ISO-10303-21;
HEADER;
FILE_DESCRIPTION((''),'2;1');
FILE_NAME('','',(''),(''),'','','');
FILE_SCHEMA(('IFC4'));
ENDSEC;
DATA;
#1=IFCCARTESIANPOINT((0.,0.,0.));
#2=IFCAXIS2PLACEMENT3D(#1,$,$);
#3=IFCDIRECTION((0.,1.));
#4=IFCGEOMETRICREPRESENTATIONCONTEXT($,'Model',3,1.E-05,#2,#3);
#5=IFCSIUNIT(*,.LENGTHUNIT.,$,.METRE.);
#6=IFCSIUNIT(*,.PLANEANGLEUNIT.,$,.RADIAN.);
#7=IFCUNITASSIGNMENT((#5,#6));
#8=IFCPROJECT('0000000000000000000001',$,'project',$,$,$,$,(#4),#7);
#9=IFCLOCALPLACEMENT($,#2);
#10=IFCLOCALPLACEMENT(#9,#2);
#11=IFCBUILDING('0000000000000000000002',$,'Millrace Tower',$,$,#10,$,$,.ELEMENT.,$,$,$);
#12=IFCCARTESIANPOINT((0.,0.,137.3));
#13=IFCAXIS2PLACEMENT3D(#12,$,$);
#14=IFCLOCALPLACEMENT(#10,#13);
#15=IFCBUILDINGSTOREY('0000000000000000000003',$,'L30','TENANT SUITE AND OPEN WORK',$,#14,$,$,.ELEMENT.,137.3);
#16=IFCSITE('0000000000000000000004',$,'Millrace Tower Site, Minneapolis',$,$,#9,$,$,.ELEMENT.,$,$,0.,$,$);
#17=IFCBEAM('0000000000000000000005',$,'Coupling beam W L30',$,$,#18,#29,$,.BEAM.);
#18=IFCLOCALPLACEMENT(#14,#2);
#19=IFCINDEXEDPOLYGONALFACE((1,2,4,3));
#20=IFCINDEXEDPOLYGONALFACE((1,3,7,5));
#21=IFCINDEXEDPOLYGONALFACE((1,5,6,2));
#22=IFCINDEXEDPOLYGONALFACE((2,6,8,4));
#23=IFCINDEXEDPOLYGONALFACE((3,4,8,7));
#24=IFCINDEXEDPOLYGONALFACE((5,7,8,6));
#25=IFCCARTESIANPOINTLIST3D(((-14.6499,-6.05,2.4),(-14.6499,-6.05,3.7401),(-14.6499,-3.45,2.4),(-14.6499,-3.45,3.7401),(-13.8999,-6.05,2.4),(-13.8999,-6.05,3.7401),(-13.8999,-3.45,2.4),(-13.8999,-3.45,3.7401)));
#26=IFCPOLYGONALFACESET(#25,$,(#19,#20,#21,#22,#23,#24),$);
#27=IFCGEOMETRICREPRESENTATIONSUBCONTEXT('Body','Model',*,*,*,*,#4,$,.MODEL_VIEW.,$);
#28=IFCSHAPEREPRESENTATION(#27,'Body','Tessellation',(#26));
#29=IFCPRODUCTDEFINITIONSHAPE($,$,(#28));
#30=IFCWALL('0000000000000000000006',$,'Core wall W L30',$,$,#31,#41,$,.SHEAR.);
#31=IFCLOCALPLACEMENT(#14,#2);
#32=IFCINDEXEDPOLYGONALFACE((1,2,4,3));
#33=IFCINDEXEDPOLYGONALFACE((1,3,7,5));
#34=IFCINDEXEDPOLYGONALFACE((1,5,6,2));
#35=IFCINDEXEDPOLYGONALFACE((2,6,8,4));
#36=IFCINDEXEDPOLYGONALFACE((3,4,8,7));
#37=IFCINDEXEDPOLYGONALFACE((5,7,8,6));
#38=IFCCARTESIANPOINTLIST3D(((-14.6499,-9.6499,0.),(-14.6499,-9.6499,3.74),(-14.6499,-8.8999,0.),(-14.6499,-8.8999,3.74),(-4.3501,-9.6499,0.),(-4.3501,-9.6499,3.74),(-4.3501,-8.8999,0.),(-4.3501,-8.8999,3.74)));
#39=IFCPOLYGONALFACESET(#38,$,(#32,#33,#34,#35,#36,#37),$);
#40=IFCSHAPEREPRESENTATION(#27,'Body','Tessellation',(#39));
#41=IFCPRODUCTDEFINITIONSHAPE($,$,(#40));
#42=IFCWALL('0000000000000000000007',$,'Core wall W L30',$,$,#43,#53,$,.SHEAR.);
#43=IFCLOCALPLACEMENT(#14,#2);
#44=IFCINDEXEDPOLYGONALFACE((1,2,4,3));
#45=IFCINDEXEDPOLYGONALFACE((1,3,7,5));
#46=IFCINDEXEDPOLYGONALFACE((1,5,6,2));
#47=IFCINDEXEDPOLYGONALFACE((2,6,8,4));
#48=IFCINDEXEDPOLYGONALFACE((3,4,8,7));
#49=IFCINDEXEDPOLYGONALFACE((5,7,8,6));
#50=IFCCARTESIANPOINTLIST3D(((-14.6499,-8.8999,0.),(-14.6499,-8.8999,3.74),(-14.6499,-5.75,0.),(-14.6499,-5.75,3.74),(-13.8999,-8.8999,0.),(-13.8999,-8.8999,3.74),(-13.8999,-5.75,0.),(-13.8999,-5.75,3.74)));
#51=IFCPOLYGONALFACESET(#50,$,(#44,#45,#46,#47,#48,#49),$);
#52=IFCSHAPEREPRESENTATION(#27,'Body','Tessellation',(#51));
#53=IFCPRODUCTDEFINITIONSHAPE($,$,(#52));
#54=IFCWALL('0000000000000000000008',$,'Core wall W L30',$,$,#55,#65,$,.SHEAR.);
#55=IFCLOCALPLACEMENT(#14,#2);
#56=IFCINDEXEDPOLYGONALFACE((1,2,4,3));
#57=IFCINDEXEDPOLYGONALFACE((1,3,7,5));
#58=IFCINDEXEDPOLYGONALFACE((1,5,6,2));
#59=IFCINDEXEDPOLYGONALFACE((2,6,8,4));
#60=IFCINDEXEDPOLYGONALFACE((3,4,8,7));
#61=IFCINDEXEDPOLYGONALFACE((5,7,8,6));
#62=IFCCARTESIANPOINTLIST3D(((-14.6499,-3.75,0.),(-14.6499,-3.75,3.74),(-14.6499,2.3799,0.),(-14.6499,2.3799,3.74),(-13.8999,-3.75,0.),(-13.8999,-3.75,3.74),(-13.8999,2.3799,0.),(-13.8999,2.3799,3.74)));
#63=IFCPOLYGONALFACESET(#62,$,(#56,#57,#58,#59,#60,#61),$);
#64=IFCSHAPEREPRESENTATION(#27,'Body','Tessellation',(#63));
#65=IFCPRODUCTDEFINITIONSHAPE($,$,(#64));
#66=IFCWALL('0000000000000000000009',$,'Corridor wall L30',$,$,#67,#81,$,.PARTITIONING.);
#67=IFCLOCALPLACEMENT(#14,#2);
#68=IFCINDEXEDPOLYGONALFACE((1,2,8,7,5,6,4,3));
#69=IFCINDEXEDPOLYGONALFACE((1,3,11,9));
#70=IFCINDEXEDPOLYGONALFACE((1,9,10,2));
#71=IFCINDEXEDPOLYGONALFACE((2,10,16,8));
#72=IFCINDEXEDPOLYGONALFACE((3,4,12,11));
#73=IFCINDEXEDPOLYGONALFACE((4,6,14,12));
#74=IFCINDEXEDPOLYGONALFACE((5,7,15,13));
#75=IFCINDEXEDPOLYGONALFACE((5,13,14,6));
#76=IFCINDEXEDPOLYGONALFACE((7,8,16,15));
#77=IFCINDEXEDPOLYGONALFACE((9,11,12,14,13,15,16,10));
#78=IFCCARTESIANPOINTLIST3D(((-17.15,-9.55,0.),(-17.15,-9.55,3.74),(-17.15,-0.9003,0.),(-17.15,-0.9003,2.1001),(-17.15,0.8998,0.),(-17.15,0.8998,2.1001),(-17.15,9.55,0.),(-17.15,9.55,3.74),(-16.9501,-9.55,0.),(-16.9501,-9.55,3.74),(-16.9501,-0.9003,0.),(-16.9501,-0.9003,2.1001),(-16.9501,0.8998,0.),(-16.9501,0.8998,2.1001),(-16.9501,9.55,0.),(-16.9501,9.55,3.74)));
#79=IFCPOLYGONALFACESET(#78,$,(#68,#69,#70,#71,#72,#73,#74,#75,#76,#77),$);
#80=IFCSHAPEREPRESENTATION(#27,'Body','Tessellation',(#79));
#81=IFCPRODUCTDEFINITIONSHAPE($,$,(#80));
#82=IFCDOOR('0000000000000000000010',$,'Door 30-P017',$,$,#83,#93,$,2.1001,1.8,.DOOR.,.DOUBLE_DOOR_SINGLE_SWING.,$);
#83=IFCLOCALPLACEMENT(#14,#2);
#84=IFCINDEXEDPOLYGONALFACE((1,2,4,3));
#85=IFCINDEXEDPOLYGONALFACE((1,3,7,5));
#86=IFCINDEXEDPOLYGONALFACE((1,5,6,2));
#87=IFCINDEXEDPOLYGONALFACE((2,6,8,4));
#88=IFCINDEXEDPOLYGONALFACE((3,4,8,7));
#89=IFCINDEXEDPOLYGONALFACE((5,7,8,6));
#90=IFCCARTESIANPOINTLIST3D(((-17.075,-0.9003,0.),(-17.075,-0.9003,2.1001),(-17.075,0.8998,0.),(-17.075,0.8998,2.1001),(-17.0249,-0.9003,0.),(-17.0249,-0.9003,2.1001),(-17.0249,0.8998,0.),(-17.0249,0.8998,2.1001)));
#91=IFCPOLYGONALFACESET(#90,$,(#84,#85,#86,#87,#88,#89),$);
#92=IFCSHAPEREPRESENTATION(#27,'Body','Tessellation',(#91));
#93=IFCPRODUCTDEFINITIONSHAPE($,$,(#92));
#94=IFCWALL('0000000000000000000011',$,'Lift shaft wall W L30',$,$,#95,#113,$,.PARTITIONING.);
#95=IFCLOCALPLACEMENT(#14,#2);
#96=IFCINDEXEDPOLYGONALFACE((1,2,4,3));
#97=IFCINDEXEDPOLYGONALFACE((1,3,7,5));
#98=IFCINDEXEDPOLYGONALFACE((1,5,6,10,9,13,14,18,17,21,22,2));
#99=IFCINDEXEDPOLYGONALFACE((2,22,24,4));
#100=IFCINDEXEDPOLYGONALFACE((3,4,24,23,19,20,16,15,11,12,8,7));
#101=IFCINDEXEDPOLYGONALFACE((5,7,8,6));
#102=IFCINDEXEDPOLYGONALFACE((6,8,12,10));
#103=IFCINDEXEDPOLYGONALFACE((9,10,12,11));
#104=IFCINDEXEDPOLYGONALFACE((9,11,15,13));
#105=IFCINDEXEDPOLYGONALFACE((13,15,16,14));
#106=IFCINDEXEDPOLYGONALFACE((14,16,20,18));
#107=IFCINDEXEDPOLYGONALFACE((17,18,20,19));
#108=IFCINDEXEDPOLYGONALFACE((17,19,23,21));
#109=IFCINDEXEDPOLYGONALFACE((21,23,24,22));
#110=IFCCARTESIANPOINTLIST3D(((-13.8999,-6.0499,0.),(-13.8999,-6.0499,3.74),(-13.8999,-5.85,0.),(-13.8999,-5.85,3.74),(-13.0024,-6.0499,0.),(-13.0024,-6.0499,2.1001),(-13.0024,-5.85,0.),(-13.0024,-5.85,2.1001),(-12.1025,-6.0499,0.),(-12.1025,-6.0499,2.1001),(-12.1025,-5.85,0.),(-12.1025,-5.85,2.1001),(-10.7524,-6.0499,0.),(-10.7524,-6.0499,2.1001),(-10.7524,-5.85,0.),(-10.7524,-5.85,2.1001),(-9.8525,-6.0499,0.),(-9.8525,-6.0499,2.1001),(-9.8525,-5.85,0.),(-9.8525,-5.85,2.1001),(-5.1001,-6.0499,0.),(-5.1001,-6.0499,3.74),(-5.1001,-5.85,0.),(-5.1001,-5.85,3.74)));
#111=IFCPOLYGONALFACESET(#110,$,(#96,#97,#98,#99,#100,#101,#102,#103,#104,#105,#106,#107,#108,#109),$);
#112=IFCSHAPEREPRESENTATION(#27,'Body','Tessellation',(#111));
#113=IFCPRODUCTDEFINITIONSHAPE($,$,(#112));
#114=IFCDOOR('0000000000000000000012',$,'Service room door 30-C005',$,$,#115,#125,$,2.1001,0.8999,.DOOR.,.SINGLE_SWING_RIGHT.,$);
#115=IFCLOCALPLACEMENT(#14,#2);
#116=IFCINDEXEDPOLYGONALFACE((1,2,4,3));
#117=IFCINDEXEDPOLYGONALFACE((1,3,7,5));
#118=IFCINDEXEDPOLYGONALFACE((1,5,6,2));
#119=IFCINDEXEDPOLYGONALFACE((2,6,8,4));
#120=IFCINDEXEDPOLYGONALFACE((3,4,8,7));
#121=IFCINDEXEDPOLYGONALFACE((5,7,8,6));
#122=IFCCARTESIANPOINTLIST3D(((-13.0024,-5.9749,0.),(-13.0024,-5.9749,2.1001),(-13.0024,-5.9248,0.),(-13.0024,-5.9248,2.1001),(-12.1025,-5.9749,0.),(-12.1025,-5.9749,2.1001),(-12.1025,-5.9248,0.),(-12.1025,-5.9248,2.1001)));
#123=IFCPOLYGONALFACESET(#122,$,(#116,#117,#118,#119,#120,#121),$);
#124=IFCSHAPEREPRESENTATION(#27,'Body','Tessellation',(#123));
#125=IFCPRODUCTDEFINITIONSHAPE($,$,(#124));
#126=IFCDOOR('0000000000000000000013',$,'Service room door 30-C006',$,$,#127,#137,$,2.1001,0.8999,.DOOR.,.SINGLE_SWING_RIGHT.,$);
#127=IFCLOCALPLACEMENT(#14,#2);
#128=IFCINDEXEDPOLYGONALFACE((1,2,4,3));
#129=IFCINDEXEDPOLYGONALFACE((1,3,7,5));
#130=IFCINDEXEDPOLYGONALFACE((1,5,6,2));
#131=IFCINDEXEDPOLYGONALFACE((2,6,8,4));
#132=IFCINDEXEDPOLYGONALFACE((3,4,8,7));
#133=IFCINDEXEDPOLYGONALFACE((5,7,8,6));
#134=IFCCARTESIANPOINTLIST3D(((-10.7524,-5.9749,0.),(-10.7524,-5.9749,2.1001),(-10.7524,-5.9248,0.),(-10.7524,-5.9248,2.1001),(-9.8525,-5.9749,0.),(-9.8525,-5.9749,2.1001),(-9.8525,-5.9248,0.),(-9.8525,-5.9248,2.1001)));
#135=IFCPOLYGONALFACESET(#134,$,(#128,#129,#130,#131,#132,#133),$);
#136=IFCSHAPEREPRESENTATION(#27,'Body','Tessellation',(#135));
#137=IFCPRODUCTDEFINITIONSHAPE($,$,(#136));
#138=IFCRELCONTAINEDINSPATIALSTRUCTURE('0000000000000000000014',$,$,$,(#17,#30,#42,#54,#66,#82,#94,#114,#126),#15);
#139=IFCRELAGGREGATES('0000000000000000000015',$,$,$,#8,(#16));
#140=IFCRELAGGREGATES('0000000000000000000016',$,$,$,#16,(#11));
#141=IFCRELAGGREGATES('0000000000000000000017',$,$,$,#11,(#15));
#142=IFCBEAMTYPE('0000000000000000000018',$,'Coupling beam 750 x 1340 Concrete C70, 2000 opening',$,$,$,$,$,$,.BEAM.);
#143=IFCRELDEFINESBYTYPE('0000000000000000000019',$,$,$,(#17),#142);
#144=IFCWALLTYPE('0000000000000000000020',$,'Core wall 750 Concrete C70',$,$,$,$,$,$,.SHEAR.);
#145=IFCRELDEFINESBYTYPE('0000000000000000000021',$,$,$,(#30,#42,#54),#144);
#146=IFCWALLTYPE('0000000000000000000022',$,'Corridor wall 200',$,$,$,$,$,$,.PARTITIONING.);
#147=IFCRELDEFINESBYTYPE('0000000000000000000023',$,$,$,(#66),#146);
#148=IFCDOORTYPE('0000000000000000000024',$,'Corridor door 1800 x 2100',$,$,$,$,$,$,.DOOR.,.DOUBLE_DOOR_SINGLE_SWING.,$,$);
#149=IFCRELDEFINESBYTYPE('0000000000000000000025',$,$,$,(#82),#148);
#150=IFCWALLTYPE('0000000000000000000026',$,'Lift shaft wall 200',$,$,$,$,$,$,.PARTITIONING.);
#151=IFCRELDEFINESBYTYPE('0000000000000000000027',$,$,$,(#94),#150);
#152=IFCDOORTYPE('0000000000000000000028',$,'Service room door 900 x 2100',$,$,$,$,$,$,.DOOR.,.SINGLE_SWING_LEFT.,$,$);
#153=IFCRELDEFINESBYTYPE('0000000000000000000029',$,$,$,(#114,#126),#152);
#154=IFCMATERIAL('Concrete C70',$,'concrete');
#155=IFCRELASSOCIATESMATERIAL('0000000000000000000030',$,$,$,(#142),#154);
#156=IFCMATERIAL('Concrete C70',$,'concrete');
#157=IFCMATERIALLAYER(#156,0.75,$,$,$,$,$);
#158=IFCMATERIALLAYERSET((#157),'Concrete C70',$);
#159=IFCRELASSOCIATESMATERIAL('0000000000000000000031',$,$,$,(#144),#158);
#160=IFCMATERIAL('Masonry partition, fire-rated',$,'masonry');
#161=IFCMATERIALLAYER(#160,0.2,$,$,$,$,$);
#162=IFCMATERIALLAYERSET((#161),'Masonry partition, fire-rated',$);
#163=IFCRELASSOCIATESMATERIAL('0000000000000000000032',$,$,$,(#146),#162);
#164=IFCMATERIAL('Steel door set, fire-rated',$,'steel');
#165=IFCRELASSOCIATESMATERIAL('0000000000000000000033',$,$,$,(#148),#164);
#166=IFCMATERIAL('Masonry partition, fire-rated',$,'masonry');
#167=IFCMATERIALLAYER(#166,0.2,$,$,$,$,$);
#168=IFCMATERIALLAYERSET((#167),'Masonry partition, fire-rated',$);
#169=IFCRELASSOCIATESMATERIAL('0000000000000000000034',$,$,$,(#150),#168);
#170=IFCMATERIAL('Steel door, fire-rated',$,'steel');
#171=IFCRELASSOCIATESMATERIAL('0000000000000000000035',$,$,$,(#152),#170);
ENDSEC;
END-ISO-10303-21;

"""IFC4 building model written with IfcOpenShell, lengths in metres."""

from ifc_helpers import new_model, si_unit, direction, frame, frame_2d, origin, origin_2d, place, context, subcontext, project, spatial, rectangle, extrude, material, layer, layer_set, material_profile, profile_set, type_object, element, fill, save


model = new_model("IFC4")

# Units and contexts
model_context = context("Model", 3, precision=1e-05, world=origin(), true_north=direction((0.0, 1.0)))
body_context = subcontext(model_context, "Body", "Model", "MODEL_VIEW")
ifc_project = project(units=[si_unit("LENGTHUNIT", "METRE"), si_unit("PLANEANGLEUNIT", "RADIAN")], contexts=[model_context])

# Site, building, storey
site_placement = place(None, origin())
site = spatial("IfcSite", under=ifc_project, at=site_placement, Name="Millrace Tower Site, Minneapolis", CompositionType="ELEMENT", RefElevation=0.0)
building_placement = place(site_placement, origin())
building = spatial("IfcBuilding", under=site, at=building_placement, Name="Millrace Tower", CompositionType="ELEMENT")
storey_placement = place(building_placement, frame((0.0, 0.0, 137.3)))
storey = spatial("IfcBuildingStorey", under=building, at=storey_placement, Name="L30", Description="TENANT SUITE AND OPEN WORK", CompositionType="ELEMENT", Elevation=137.3)

# Beam
ifc_material_1 = material(Name="Concrete C70", Category="concrete")
ifc_material_profile = material_profile(ifc_material_1, rectangle(XDim=0.75, YDim=1.3401, at=origin_2d()))
ifc_profile_set = profile_set([ifc_material_profile], Name="Concrete C70")
beam_type = type_object("IfcBeamType", Name="Coupling beam 750 x 1340 Concrete C70, 2000 opening", PredefinedType="BEAM", material=ifc_profile_set)
beam_placement = place(storey_placement, frame((-14.2749, -6.05, 3.0701), z_axis=(0.0, 1.0, 0.0), x_axis=(-1.0, 0.0, 0.0)))
element("IfcBeam", 1, at=beam_placement, inside=storey, type_object=beam_type, Name="Coupling beam W L30", PredefinedType="BEAM", context=body_context, shape_type="SweptSolid", body=[
    extrude(rectangle(XDim=0.75, YDim=1.3401, at=origin_2d()), origin(), (0.0, 0.0, 1.0), 2.6001),
])

# Walls
ifc_material_2 = material(Name="Concrete C70", Category="concrete")
ifc_layer_1 = layer(ifc_material_2, 0.75)
ifc_layer_set_1 = layer_set([ifc_layer_1], Name="Concrete C70")
wall_type_1 = type_object("IfcWallType", Name="Core wall 750 Concrete C70", PredefinedType="SHEAR", material=ifc_layer_set_1)
wall_1_placement = place(storey_placement, frame((-14.6499, -9.2749, 0.0), z_axis=(0.0, 0.0, 1.0), x_axis=(1.0, 0.0, 0.0)))
element("IfcWall", 2, at=wall_1_placement, inside=storey, type_object=wall_type_1, Name="Core wall W L30", PredefinedType="SHEAR", context=body_context, shape_type="SweptSolid", body=[
    extrude(rectangle(XDim=10.2998, YDim=0.75, at=frame_2d((5.1499, 0.0))), origin(), (0.0, 0.0, 1.0), 3.74),
])
wall_2_placement = place(storey_placement, frame((-14.2749, -8.8999, 0.0), z_axis=(0.0, 0.0, 1.0), x_axis=(0.0, 1.0, 0.0)))
element("IfcWall", 3, at=wall_2_placement, inside=storey, type_object=wall_type_1, Name="Core wall W L30", PredefinedType="SHEAR", context=body_context, shape_type="SweptSolid", body=[
    extrude(rectangle(XDim=3.1499, YDim=0.75, at=frame_2d((1.575, 0.0))), origin(), (0.0, 0.0, 1.0), 3.74),
])
wall_3_placement = place(storey_placement, frame((-14.2749, -3.75, 0.0), z_axis=(0.0, 0.0, 1.0), x_axis=(0.0, 1.0, 0.0)))
element("IfcWall", 4, at=wall_3_placement, inside=storey, type_object=wall_type_1, Name="Core wall W L30", PredefinedType="SHEAR", context=body_context, shape_type="SweptSolid", body=[
    extrude(rectangle(XDim=6.1299, YDim=0.75, at=frame_2d((3.0649, 0.0))), origin(), (0.0, 0.0, 1.0), 3.74),
])

# Wall, opening, door
ifc_material_3 = material(Name="Masonry partition, fire-rated", Category="masonry")
ifc_layer_2 = layer(ifc_material_3, 0.2)
ifc_layer_set_2 = layer_set([ifc_layer_2], Name="Masonry partition, fire-rated")
wall_type_2 = type_object("IfcWallType", Name="Corridor wall 200", PredefinedType="PARTITIONING", material=ifc_layer_set_2)
wall_4_placement = place(storey_placement, frame((-17.05, -9.55, 0.0), z_axis=(0.0, 0.0, 1.0), x_axis=(0.0, 1.0, 0.0)))
wall_4 = element("IfcWall", 5, at=wall_4_placement, inside=storey, type_object=wall_type_2, Name="Corridor wall L30", PredefinedType="PARTITIONING", context=body_context, shape_type="SweptSolid", body=[
    extrude(rectangle(XDim=19.1001, YDim=0.2, at=frame_2d((9.55, 0.0))), origin(), (0.0, 0.0, 1.0), 3.74),
])
opening_1_placement = place(wall_4_placement, frame((8.6499, 0.0, 0.0)))
opening_1 = element("IfcOpeningElement", 6, at=opening_1_placement, cuts=wall_4, PredefinedType="OPENING", context=body_context, shape_type="SweptSolid", body=[
    extrude(rectangle(XDim=1.8, YDim=2.1001, at=frame_2d((0.8999, 1.05))), frame((0.0, 0.1099, 0.0), z_axis=(0.0, -1.0, 0.0), x_axis=(1.0, 0.0, 0.0)), (0.0, 0.0, 1.0), 0.22),
])
ifc_material_4 = material(Name="Steel door set, fire-rated", Category="steel")
door_type_1 = type_object("IfcDoorType", Name="Corridor door 1800 x 2100", OperationType="DOUBLE_DOOR_SINGLE_SWING", PredefinedType="DOOR", material=ifc_material_4)
door_1_placement = place(opening_1_placement, origin())
door_1 = element("IfcDoor", 7, at=door_1_placement, inside=storey, type_object=door_type_1, Name="Door 30-P017", OperationType="DOUBLE_DOOR_SINGLE_SWING", OverallHeight=2.1001, OverallWidth=1.8, PredefinedType="DOOR", context=body_context, shape_type="SweptSolid", body=[
    extrude(rectangle(XDim=1.8, YDim=2.1001, at=frame_2d((0.8999, 1.05))), frame((0.0, 0.0249, 0.0), z_axis=(0.0, -1.0, 0.0), x_axis=(1.0, 0.0, 0.0)), (0.0, 0.0, 1.0), 0.05),
])
fill(opening_1, door_1)

# Wall, openings, doors
ifc_material_5 = material(Name="Masonry partition, fire-rated", Category="masonry")
ifc_layer_3 = layer(ifc_material_5, 0.2)
ifc_layer_set_3 = layer_set([ifc_layer_3], Name="Masonry partition, fire-rated")
wall_type_3 = type_object("IfcWallType", Name="Lift shaft wall 200", PredefinedType="PARTITIONING", material=ifc_layer_set_3)
wall_5_placement = place(storey_placement, frame((-13.8999, -5.95, 0.0), z_axis=(0.0, 0.0, 1.0), x_axis=(1.0, 0.0, 0.0)))
wall_5 = element("IfcWall", 8, at=wall_5_placement, inside=storey, type_object=wall_type_3, Name="Lift shaft wall W L30", PredefinedType="PARTITIONING", context=body_context, shape_type="SweptSolid", body=[
    extrude(rectangle(XDim=8.7998, YDim=0.2, at=frame_2d((4.3999, 0.0))), origin(), (0.0, 0.0, 1.0), 3.74),
])
opening_2_placement = place(wall_5_placement, frame((0.8975, 0.0, 0.0)))
opening_2 = element("IfcOpeningElement", 9, at=opening_2_placement, cuts=wall_5, PredefinedType="OPENING", context=body_context, shape_type="SweptSolid", body=[
    extrude(rectangle(XDim=0.8999, YDim=2.1001, at=frame_2d((0.45, 1.05))), frame((0.0, 0.1099, 0.0), z_axis=(0.0, -1.0, 0.0), x_axis=(1.0, 0.0, 0.0)), (0.0, 0.0, 1.0), 0.22),
])
opening_3_placement = place(wall_5_placement, frame((3.1475, 0.0, 0.0)))
opening_3 = element("IfcOpeningElement", 10, at=opening_3_placement, cuts=wall_5, PredefinedType="OPENING", context=body_context, shape_type="SweptSolid", body=[
    extrude(rectangle(XDim=0.8999, YDim=2.1001, at=frame_2d((0.45, 1.05))), frame((0.0, 0.1099, 0.0), z_axis=(0.0, -1.0, 0.0), x_axis=(1.0, 0.0, 0.0)), (0.0, 0.0, 1.0), 0.22),
])
ifc_material_6 = material(Name="Steel door, fire-rated", Category="steel")
door_type_2 = type_object("IfcDoorType", Name="Service room door 900 x 2100", OperationType="SINGLE_SWING_LEFT", PredefinedType="DOOR", material=ifc_material_6)
door_2_placement = place(opening_2_placement, frame((0.8999, 0.0, 0.0), z_axis=(0.0, 0.0, 1.0), x_axis=(-1.0, 0.0, 0.0)))
door_2 = element("IfcDoor", 11, at=door_2_placement, inside=storey, type_object=door_type_2, Name="Service room door 30-C005", OperationType="SINGLE_SWING_RIGHT", OverallHeight=2.1001, OverallWidth=0.8999, PredefinedType="DOOR", context=body_context, shape_type="SweptSolid", body=[
    extrude(rectangle(XDim=0.8999, YDim=2.1001, at=frame_2d((0.45, 1.05))), frame((0.0, 0.0249, 0.0), z_axis=(0.0, -1.0, 0.0), x_axis=(1.0, 0.0, 0.0)), (0.0, 0.0, 1.0), 0.05),
])
fill(opening_2, door_2)
door_3_placement = place(opening_3_placement, frame((0.8999, 0.0, 0.0), z_axis=(0.0, 0.0, 1.0), x_axis=(-1.0, 0.0, 0.0)))
door_3 = element("IfcDoor", 12, at=door_3_placement, inside=storey, type_object=door_type_2, Name="Service room door 30-C006", OperationType="SINGLE_SWING_RIGHT", OverallHeight=2.1001, OverallWidth=0.8999, PredefinedType="DOOR", context=body_context, shape_type="SweptSolid", body=[
    extrude(rectangle(XDim=0.8999, YDim=2.1001, at=frame_2d((0.45, 1.05))), frame((0.0, 0.0249, 0.0), z_axis=(0.0, -1.0, 0.0), x_axis=(1.0, 0.0, 0.0)), (0.0, 0.0, 1.0), 0.05),
])
fill(opening_3, door_3)

save(model, "model.ifc")
